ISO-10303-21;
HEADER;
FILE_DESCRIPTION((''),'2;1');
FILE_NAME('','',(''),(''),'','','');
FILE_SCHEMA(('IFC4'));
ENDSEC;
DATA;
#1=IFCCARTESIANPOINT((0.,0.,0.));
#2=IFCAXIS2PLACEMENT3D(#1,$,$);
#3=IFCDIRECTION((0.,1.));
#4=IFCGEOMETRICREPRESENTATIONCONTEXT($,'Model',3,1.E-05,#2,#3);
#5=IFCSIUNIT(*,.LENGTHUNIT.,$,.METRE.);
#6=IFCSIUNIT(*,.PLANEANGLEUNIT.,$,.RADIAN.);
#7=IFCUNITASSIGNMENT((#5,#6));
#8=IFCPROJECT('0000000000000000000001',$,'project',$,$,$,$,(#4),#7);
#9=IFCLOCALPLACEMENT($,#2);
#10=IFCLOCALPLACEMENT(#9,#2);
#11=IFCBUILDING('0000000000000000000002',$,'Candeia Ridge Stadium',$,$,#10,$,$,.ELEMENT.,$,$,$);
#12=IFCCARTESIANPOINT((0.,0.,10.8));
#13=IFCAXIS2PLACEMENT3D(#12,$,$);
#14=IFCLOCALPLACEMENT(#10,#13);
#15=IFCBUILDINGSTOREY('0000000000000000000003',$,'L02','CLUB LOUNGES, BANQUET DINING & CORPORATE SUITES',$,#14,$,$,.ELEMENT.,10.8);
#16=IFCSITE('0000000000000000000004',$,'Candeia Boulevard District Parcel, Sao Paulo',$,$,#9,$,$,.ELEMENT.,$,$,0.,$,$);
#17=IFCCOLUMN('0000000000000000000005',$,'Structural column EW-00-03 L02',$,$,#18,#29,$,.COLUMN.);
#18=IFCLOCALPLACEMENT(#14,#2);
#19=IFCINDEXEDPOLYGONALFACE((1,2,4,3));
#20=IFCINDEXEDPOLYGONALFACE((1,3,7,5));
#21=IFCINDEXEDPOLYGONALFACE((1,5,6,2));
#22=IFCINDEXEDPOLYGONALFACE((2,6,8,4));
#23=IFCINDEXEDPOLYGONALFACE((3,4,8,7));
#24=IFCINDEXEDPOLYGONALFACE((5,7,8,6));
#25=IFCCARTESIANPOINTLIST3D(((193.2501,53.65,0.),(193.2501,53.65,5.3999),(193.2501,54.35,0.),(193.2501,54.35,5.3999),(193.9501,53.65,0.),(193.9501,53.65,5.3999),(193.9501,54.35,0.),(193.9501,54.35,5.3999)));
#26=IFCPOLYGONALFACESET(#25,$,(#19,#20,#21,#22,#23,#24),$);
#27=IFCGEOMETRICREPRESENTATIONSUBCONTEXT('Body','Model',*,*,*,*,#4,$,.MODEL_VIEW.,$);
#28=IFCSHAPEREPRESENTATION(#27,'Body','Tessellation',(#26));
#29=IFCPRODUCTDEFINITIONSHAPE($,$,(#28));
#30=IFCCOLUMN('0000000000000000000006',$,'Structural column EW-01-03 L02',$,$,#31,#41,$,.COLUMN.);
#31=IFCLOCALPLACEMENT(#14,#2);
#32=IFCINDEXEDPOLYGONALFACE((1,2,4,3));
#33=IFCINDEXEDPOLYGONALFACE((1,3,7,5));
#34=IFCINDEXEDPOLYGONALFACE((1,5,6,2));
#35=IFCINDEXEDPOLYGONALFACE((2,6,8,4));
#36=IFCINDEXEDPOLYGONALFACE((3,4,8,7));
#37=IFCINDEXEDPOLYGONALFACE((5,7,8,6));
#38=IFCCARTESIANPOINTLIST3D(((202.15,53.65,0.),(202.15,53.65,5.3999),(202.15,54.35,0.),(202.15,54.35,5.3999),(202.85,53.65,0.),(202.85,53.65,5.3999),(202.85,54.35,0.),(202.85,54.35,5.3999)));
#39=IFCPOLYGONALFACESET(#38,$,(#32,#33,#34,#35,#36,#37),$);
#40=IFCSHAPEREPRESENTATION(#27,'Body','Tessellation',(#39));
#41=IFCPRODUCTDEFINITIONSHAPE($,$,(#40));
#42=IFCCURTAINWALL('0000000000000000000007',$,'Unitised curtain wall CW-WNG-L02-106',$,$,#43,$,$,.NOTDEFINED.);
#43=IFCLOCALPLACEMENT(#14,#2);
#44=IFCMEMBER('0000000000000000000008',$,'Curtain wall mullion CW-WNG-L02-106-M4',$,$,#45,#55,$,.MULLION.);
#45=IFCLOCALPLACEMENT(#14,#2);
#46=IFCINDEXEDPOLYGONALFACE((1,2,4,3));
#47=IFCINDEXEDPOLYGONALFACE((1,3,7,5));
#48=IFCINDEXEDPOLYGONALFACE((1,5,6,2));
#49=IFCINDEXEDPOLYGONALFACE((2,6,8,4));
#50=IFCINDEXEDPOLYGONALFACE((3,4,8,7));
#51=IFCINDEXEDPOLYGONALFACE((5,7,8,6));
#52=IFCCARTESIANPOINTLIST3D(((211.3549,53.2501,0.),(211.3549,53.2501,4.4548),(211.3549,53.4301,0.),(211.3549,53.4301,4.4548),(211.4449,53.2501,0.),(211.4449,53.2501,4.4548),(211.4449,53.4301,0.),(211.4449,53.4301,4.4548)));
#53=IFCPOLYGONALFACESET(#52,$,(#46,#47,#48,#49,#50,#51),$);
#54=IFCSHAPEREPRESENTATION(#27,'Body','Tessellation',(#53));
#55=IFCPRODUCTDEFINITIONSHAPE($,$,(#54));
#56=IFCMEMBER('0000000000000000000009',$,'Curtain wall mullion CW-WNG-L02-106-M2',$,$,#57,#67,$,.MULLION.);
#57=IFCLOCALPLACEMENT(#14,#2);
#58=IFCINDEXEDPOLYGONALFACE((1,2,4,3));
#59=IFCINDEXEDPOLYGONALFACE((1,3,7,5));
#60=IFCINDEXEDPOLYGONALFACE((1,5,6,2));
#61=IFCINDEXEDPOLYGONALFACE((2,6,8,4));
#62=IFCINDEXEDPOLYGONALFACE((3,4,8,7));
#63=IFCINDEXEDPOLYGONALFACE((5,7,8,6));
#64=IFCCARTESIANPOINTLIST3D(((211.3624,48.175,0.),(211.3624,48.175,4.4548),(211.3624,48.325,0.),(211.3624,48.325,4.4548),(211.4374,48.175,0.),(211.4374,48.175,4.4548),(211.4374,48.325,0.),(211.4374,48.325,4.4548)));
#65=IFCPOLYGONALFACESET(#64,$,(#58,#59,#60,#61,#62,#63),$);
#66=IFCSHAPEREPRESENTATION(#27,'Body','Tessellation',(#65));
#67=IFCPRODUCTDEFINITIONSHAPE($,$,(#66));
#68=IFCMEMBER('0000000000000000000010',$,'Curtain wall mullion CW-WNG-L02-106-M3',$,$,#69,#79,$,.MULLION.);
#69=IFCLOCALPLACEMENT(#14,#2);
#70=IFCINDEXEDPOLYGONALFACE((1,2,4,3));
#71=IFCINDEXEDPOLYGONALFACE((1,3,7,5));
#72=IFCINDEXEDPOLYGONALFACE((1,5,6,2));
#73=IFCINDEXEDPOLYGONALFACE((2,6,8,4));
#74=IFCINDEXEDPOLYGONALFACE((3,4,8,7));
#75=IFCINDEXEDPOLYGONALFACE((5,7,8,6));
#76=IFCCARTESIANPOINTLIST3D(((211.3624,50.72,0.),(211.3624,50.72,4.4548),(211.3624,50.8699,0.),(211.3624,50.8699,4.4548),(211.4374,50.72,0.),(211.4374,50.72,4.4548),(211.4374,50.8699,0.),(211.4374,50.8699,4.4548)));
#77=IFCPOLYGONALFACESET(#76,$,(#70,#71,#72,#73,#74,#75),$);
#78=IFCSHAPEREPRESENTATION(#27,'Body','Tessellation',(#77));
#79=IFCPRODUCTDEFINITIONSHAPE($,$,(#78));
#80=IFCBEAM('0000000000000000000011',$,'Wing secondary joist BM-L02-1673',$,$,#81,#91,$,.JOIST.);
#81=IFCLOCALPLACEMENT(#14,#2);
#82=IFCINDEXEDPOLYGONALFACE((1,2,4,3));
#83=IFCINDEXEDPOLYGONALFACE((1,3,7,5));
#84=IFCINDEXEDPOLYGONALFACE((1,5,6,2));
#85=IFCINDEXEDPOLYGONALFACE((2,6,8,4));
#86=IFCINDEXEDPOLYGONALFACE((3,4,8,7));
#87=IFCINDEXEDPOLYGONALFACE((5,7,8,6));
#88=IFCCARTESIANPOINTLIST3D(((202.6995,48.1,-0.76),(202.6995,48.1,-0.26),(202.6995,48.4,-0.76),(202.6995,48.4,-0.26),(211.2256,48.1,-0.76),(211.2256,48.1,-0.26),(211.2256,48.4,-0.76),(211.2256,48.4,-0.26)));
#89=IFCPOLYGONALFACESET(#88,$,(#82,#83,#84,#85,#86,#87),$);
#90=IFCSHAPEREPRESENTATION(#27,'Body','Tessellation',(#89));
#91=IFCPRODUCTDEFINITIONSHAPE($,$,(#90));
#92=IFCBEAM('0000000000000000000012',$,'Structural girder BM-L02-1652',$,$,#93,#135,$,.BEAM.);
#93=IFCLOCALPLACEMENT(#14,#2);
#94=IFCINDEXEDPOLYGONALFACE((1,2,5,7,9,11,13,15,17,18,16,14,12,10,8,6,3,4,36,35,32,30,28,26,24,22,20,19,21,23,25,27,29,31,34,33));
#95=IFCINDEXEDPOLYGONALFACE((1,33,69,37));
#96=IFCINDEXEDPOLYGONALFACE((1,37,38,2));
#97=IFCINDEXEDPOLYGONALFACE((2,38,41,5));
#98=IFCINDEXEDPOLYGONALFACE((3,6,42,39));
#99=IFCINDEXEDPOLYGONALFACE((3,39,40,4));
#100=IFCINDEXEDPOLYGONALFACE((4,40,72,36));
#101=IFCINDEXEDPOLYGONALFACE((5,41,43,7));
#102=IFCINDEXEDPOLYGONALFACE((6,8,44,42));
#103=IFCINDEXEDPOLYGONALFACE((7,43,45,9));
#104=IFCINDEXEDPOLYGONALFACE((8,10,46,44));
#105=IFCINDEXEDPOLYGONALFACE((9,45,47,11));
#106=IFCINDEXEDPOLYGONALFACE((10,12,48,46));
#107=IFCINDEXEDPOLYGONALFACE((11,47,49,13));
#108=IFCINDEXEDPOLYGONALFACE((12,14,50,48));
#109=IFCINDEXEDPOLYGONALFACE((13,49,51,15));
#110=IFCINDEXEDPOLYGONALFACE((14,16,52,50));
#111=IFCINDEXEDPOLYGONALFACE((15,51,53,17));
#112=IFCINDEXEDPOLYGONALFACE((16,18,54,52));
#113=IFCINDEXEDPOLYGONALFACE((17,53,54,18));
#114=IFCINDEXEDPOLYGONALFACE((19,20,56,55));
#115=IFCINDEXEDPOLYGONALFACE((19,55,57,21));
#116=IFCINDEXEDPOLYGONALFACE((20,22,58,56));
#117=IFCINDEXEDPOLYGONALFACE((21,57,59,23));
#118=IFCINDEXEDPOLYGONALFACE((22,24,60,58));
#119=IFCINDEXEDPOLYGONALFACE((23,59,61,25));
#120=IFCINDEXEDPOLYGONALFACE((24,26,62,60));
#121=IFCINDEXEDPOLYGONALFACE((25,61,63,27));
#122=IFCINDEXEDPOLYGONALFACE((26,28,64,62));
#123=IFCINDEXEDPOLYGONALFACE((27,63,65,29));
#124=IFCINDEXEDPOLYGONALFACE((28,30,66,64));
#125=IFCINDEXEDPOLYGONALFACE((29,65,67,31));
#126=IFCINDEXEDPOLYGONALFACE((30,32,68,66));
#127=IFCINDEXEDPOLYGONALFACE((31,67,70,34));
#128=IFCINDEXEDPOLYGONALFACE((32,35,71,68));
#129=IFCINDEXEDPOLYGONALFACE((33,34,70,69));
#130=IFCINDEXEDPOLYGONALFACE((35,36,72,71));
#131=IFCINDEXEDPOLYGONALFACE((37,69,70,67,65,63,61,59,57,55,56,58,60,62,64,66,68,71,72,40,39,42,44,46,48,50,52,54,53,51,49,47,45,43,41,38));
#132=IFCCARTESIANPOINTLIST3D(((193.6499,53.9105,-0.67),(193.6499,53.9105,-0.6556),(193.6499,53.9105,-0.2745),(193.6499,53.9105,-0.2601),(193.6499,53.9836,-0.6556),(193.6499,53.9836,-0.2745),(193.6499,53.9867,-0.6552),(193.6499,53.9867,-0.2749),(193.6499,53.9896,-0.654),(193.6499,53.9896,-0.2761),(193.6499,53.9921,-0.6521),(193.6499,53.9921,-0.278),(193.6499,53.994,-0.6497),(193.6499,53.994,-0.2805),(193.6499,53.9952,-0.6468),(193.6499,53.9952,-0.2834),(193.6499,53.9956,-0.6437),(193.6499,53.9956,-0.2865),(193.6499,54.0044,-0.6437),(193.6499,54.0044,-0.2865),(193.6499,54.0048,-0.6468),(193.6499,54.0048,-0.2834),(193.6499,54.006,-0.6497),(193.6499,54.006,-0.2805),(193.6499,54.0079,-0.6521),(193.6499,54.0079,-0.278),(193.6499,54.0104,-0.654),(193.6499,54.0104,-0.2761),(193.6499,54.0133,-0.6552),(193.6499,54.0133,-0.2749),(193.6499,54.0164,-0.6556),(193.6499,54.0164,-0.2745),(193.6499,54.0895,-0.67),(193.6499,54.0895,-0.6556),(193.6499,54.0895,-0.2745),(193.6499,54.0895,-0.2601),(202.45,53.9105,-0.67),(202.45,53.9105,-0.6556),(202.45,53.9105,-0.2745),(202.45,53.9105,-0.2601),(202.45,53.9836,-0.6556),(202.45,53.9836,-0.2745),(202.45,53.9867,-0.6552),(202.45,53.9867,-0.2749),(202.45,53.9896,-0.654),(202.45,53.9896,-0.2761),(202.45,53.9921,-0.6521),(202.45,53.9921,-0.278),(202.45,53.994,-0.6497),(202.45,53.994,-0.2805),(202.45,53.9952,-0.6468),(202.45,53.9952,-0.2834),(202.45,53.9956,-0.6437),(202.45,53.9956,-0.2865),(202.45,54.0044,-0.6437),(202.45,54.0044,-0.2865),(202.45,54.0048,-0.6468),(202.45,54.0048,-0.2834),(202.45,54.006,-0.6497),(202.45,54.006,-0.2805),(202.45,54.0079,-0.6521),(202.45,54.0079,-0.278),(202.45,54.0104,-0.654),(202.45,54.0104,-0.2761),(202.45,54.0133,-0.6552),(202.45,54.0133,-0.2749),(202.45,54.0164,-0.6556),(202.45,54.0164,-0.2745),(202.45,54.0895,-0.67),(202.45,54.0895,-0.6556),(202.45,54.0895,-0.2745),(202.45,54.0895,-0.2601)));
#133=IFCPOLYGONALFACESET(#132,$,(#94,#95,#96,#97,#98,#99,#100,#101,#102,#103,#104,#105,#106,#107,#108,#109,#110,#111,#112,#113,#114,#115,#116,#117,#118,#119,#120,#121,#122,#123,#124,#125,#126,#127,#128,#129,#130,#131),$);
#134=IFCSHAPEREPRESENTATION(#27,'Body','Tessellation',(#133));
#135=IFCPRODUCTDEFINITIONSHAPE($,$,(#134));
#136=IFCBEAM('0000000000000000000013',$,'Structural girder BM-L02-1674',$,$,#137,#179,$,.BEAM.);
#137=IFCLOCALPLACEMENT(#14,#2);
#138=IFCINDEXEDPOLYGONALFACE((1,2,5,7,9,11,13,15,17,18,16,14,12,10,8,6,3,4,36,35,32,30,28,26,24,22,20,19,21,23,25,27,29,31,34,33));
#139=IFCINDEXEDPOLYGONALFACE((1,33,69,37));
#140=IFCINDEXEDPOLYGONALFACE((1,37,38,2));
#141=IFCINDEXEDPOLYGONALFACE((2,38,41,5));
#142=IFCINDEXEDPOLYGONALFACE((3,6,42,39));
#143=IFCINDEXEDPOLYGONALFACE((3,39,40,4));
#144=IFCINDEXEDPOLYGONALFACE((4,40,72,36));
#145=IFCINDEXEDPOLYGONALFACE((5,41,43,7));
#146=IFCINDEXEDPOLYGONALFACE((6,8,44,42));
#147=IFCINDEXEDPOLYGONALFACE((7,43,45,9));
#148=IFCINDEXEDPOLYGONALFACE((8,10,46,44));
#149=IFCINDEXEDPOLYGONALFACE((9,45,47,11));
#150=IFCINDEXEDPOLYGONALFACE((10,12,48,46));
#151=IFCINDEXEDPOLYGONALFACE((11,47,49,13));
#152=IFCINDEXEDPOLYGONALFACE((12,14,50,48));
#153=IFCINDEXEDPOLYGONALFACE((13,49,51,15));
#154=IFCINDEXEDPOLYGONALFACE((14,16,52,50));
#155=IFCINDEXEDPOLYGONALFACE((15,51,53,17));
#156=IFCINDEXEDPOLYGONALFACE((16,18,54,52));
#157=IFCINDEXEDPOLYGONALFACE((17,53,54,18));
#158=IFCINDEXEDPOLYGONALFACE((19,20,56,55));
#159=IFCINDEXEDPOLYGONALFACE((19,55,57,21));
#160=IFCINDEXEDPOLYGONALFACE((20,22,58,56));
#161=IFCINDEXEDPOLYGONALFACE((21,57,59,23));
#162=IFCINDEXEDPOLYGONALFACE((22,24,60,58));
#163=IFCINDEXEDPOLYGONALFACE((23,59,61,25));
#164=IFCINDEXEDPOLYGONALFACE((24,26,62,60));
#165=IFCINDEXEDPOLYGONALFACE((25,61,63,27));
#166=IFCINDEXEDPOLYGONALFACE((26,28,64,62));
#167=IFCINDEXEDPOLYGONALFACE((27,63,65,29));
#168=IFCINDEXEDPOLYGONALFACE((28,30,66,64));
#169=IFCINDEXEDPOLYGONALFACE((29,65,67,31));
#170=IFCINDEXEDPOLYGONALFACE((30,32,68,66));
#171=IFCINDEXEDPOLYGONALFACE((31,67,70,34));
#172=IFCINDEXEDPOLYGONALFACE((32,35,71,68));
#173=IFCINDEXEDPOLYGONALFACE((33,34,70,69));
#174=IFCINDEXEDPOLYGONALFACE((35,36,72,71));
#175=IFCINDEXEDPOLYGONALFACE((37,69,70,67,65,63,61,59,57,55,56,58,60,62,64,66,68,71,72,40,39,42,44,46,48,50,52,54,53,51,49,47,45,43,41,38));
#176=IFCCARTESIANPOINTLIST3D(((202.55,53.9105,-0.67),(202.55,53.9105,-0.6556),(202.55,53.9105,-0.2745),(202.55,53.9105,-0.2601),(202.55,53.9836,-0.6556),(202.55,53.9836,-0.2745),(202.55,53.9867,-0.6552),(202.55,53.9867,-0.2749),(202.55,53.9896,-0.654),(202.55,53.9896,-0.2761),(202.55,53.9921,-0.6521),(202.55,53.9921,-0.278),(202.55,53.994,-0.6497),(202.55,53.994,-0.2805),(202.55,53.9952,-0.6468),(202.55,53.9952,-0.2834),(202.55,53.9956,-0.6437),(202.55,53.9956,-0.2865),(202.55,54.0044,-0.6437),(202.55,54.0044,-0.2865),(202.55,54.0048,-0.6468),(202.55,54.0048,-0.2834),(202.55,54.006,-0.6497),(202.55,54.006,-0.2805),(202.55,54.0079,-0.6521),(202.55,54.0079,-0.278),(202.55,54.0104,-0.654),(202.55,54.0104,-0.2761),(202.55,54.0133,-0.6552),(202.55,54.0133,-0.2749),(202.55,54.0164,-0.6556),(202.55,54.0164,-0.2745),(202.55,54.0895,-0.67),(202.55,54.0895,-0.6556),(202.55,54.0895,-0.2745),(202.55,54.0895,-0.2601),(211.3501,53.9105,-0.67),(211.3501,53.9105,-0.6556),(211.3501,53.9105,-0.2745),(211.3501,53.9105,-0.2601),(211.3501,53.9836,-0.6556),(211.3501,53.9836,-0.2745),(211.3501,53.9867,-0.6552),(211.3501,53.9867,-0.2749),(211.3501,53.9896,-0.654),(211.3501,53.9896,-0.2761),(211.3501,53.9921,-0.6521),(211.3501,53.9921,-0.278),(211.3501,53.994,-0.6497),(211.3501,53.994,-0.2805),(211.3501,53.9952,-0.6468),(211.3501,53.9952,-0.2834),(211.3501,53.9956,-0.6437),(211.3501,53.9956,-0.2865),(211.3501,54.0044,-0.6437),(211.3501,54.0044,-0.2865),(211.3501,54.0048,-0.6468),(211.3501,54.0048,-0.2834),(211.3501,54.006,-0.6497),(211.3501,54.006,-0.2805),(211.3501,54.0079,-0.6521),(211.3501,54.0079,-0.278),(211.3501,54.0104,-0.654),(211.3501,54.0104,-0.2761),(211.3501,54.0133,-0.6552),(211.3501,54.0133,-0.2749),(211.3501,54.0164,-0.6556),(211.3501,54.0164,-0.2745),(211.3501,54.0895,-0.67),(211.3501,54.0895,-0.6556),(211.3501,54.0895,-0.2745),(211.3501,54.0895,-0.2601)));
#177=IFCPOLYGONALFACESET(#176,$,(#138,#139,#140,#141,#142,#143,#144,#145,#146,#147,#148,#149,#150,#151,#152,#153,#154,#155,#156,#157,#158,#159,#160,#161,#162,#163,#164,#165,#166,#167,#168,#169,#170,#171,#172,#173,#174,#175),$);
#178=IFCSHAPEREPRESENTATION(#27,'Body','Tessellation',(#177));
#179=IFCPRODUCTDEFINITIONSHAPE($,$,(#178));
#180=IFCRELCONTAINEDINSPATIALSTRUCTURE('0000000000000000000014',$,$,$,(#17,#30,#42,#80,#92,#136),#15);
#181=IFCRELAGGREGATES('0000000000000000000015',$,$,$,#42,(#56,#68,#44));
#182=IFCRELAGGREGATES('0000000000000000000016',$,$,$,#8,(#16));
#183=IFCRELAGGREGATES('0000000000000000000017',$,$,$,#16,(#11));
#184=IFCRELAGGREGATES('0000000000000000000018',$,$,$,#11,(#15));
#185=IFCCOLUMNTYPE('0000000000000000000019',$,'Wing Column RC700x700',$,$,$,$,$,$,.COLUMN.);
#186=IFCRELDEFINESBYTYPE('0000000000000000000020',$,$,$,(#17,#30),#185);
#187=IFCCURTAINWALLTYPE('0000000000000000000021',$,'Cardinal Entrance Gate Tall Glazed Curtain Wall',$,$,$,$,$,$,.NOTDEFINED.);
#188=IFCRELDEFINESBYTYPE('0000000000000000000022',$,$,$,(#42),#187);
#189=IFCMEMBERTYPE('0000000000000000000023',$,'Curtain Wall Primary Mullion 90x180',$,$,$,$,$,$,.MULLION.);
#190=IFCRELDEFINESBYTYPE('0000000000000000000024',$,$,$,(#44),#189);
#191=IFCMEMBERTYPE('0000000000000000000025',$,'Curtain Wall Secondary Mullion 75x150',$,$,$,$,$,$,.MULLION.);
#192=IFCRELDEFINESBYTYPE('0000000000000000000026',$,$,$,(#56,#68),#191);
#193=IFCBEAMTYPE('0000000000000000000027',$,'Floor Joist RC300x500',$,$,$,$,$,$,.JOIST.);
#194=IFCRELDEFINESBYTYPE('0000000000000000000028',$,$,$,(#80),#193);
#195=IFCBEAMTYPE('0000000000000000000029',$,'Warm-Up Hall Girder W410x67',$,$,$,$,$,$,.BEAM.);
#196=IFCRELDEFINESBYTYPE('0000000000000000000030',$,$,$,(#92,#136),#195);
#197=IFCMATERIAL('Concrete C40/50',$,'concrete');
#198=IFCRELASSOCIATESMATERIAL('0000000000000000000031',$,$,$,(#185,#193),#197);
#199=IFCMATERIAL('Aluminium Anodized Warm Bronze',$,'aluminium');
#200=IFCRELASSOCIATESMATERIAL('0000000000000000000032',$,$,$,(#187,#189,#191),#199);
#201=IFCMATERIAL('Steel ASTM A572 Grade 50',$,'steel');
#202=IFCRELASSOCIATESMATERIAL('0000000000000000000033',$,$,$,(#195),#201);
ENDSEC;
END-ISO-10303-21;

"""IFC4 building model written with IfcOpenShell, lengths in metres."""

from ifc_helpers import new_model, si_unit, direction, frame, origin, origin_2d, place, context, subcontext, project, spatial, rectangle, i_section, extrude, material, material_profile, profile_set, type_object, element, aggregate, save


model = new_model("IFC4")

# Units and contexts
model_context = context("Model", 3, precision=1e-05, world=origin(), true_north=direction((0.0, 1.0)))
body_context = subcontext(model_context, "Body", "Model", "MODEL_VIEW")
ifc_project = project(units=[si_unit("LENGTHUNIT", "METRE"), si_unit("PLANEANGLEUNIT", "RADIAN")], contexts=[model_context])

# Site, building, storey
site_placement = place(None, origin())
site = spatial("IfcSite", under=ifc_project, at=site_placement, Name="Candeia Boulevard District Parcel, Sao Paulo", CompositionType="ELEMENT", RefElevation=0.0)
building_placement = place(site_placement, origin())
building = spatial("IfcBuilding", under=site, at=building_placement, Name="Candeia Ridge Stadium", CompositionType="ELEMENT")
storey_placement = place(building_placement, frame((0.0, 0.0, 10.8)))
storey = spatial("IfcBuildingStorey", under=building, at=storey_placement, Name="L02", Description="CLUB LOUNGES, BANQUET DINING & CORPORATE SUITES", CompositionType="ELEMENT", Elevation=10.8)

# Columns
ifc_material_1 = material(Name="Concrete C40/50", Category="concrete")
ifc_material_profile_1 = material_profile(ifc_material_1, rectangle(XDim=0.7, YDim=0.7, at=origin_2d()), Name="RC700x700", Category="concrete")
ifc_profile_set_1 = profile_set([ifc_material_profile_1], Name="Concrete C40/50")
column_type = type_object("IfcColumnType", Name="Wing Column RC700x700", PredefinedType="COLUMN", material=ifc_profile_set_1)
for number, where, z_axis, x_axis, name in (
    (1, (193.6001, 54.0, 0.0), (0.0, 0.0, 1.0), (1.0, 0.0, 0.0), "Structural column EW-00-03 L02"),
    (2, (202.5, 54.0, 0.0), (0.0, 0.0, 1.0), (1.0, 0.0, 0.0), "Structural column EW-01-03 L02"),
):
    element("IfcColumn", number, at=place(storey_placement, frame(where, z_axis=z_axis, x_axis=x_axis)), inside=storey, type_object=column_type, Name=name, PredefinedType="COLUMN", context=body_context, shape_type="SweptSolid", body=[
        extrude(rectangle(XDim=0.7, YDim=0.7, at=origin_2d()), origin(), (0.0, 0.0, 1.0), 5.3999),
    ])

# Curtain wall, members
ifc_material_2 = material(Name="Aluminium Anodized Warm Bronze", Category="aluminium")
curtain_wall_type = type_object("IfcCurtainWallType", Name="Cardinal Entrance Gate Tall Glazed Curtain Wall", PredefinedType="NOTDEFINED", material=ifc_material_2)
curtain_wall_placement = place(storey_placement, origin())
curtain_wall = element("IfcCurtainWall", 3, at=curtain_wall_placement, inside=storey, type_object=curtain_wall_type, Name="Unitised curtain wall CW-WNG-L02-106", PredefinedType="NOTDEFINED")
ifc_material_profile_2 = material_profile(ifc_material_2, rectangle(XDim=0.0901, YDim=0.1799, at=origin_2d()), Name="CWM-90x180", Category="aluminium")
ifc_profile_set_2 = profile_set([ifc_material_profile_2], Name="Aluminium Anodized Warm Bronze")
member_type_1 = type_object("IfcMemberType", Name="Curtain Wall Primary Mullion 90x180", PredefinedType="MULLION", material=ifc_profile_set_2)
member_1_placement = place(storey_placement, frame((211.3999, 53.3401, 0.0), z_axis=(0.0, 0.0, 1.0), x_axis=(1.0, 0.0, 0.0)))
member_1 = element("IfcMember", 4, at=member_1_placement, type_object=member_type_1, Name="Curtain wall mullion CW-WNG-L02-106-M4", PredefinedType="MULLION", context=body_context, shape_type="SweptSolid", body=[
    extrude(rectangle(XDim=0.0901, YDim=0.1799, at=origin_2d()), origin(), (0.0, 0.0, 1.0), 4.4548),
])
ifc_material_profile_3 = material_profile(ifc_material_2, rectangle(XDim=0.075, YDim=0.1499, at=origin_2d()), Name="CWM-75x150", Category="aluminium")
ifc_profile_set_3 = profile_set([ifc_material_profile_3], Name="Aluminium Anodized Warm Bronze")
member_type_2 = type_object("IfcMemberType", Name="Curtain Wall Secondary Mullion 75x150", PredefinedType="MULLION", material=ifc_profile_set_3)
member_2_placement = place(storey_placement, frame((211.3999, 48.25, 0.0), z_axis=(0.0, 0.0, 1.0), x_axis=(1.0, 0.0, 0.0)))
member_2 = element("IfcMember", 5, at=member_2_placement, type_object=member_type_2, Name="Curtain wall mullion CW-WNG-L02-106-M2", PredefinedType="MULLION", context=body_context, shape_type="SweptSolid", body=[
    extrude(rectangle(XDim=0.075, YDim=0.1499, at=origin_2d()), origin(), (0.0, 0.0, 1.0), 4.4548),
])
member_3_placement = place(storey_placement, frame((211.3999, 50.7949, 0.0), z_axis=(0.0, 0.0, 1.0), x_axis=(1.0, 0.0, 0.0)))
member_3 = element("IfcMember", 6, at=member_3_placement, type_object=member_type_2, Name="Curtain wall mullion CW-WNG-L02-106-M3", PredefinedType="MULLION", context=body_context, shape_type="SweptSolid", body=[
    extrude(rectangle(XDim=0.075, YDim=0.1499, at=origin_2d()), origin(), (0.0, 0.0, 1.0), 4.4548),
])

# Beams
ifc_material_profile_4 = material_profile(ifc_material_1, rectangle(XDim=0.3, YDim=0.5, at=origin_2d()), Name="RC300x500", Category="concrete")
ifc_profile_set_4 = profile_set([ifc_material_profile_4], Name="Concrete C40/50")
beam_type_1 = type_object("IfcBeamType", Name="Floor Joist RC300x500", PredefinedType="JOIST", material=ifc_profile_set_4)
beam_1_placement = place(storey_placement, frame((202.6995, 48.25, -0.51), z_axis=(1.0, 0.0, 0.0), x_axis=(0.0, 1.0, 0.0)))
element("IfcBeam", 7, at=beam_1_placement, inside=storey, type_object=beam_type_1, Name="Wing secondary joist BM-L02-1673", PredefinedType="JOIST", context=body_context, shape_type="SweptSolid", body=[
    extrude(rectangle(XDim=0.3, YDim=0.5, at=origin_2d()), origin(), (0.0, 0.0, 1.0), 8.5261),
])
ifc_material_3 = material(Name="Steel ASTM A572 Grade 50", Category="steel")
ifc_material_profile_5 = material_profile(ifc_material_3, i_section(OverallWidth=0.179, OverallDepth=0.4099, WebThickness=0.0088, FlangeThickness=0.0144, FilletRadius=0.012, at=origin_2d()), Name="W410x67", Category="steel")
ifc_profile_set_5 = profile_set([ifc_material_profile_5], Name="Steel ASTM A572 Grade 50")
beam_type_2 = type_object("IfcBeamType", Name="Warm-Up Hall Girder W410x67", PredefinedType="BEAM", material=ifc_profile_set_5)
for number, where, z_axis, x_axis, name in (
    (8, (193.6499, 54.0, -0.4651), (1.0, 0.0, 0.0), (0.0, 1.0, 0.0), "Structural girder BM-L02-1652"),
    (9, (202.55, 54.0, -0.4651), (1.0, 0.0, 0.0), (0.0, 1.0, 0.0), "Structural girder BM-L02-1674"),
):
    element("IfcBeam", number, at=place(storey_placement, frame(where, z_axis=z_axis, x_axis=x_axis)), inside=storey, type_object=beam_type_2, Name=name, PredefinedType="BEAM", context=body_context, shape_type="SweptSolid", body=[
        extrude(i_section(OverallWidth=0.179, OverallDepth=0.4099, WebThickness=0.0088, FlangeThickness=0.0144, FilletRadius=0.012, at=origin_2d()), origin(), (0.0, 0.0, 1.0), 8.8),
    ])

aggregate(curtain_wall, [member_2, member_3, member_1])

save(model, "model.ifc")
